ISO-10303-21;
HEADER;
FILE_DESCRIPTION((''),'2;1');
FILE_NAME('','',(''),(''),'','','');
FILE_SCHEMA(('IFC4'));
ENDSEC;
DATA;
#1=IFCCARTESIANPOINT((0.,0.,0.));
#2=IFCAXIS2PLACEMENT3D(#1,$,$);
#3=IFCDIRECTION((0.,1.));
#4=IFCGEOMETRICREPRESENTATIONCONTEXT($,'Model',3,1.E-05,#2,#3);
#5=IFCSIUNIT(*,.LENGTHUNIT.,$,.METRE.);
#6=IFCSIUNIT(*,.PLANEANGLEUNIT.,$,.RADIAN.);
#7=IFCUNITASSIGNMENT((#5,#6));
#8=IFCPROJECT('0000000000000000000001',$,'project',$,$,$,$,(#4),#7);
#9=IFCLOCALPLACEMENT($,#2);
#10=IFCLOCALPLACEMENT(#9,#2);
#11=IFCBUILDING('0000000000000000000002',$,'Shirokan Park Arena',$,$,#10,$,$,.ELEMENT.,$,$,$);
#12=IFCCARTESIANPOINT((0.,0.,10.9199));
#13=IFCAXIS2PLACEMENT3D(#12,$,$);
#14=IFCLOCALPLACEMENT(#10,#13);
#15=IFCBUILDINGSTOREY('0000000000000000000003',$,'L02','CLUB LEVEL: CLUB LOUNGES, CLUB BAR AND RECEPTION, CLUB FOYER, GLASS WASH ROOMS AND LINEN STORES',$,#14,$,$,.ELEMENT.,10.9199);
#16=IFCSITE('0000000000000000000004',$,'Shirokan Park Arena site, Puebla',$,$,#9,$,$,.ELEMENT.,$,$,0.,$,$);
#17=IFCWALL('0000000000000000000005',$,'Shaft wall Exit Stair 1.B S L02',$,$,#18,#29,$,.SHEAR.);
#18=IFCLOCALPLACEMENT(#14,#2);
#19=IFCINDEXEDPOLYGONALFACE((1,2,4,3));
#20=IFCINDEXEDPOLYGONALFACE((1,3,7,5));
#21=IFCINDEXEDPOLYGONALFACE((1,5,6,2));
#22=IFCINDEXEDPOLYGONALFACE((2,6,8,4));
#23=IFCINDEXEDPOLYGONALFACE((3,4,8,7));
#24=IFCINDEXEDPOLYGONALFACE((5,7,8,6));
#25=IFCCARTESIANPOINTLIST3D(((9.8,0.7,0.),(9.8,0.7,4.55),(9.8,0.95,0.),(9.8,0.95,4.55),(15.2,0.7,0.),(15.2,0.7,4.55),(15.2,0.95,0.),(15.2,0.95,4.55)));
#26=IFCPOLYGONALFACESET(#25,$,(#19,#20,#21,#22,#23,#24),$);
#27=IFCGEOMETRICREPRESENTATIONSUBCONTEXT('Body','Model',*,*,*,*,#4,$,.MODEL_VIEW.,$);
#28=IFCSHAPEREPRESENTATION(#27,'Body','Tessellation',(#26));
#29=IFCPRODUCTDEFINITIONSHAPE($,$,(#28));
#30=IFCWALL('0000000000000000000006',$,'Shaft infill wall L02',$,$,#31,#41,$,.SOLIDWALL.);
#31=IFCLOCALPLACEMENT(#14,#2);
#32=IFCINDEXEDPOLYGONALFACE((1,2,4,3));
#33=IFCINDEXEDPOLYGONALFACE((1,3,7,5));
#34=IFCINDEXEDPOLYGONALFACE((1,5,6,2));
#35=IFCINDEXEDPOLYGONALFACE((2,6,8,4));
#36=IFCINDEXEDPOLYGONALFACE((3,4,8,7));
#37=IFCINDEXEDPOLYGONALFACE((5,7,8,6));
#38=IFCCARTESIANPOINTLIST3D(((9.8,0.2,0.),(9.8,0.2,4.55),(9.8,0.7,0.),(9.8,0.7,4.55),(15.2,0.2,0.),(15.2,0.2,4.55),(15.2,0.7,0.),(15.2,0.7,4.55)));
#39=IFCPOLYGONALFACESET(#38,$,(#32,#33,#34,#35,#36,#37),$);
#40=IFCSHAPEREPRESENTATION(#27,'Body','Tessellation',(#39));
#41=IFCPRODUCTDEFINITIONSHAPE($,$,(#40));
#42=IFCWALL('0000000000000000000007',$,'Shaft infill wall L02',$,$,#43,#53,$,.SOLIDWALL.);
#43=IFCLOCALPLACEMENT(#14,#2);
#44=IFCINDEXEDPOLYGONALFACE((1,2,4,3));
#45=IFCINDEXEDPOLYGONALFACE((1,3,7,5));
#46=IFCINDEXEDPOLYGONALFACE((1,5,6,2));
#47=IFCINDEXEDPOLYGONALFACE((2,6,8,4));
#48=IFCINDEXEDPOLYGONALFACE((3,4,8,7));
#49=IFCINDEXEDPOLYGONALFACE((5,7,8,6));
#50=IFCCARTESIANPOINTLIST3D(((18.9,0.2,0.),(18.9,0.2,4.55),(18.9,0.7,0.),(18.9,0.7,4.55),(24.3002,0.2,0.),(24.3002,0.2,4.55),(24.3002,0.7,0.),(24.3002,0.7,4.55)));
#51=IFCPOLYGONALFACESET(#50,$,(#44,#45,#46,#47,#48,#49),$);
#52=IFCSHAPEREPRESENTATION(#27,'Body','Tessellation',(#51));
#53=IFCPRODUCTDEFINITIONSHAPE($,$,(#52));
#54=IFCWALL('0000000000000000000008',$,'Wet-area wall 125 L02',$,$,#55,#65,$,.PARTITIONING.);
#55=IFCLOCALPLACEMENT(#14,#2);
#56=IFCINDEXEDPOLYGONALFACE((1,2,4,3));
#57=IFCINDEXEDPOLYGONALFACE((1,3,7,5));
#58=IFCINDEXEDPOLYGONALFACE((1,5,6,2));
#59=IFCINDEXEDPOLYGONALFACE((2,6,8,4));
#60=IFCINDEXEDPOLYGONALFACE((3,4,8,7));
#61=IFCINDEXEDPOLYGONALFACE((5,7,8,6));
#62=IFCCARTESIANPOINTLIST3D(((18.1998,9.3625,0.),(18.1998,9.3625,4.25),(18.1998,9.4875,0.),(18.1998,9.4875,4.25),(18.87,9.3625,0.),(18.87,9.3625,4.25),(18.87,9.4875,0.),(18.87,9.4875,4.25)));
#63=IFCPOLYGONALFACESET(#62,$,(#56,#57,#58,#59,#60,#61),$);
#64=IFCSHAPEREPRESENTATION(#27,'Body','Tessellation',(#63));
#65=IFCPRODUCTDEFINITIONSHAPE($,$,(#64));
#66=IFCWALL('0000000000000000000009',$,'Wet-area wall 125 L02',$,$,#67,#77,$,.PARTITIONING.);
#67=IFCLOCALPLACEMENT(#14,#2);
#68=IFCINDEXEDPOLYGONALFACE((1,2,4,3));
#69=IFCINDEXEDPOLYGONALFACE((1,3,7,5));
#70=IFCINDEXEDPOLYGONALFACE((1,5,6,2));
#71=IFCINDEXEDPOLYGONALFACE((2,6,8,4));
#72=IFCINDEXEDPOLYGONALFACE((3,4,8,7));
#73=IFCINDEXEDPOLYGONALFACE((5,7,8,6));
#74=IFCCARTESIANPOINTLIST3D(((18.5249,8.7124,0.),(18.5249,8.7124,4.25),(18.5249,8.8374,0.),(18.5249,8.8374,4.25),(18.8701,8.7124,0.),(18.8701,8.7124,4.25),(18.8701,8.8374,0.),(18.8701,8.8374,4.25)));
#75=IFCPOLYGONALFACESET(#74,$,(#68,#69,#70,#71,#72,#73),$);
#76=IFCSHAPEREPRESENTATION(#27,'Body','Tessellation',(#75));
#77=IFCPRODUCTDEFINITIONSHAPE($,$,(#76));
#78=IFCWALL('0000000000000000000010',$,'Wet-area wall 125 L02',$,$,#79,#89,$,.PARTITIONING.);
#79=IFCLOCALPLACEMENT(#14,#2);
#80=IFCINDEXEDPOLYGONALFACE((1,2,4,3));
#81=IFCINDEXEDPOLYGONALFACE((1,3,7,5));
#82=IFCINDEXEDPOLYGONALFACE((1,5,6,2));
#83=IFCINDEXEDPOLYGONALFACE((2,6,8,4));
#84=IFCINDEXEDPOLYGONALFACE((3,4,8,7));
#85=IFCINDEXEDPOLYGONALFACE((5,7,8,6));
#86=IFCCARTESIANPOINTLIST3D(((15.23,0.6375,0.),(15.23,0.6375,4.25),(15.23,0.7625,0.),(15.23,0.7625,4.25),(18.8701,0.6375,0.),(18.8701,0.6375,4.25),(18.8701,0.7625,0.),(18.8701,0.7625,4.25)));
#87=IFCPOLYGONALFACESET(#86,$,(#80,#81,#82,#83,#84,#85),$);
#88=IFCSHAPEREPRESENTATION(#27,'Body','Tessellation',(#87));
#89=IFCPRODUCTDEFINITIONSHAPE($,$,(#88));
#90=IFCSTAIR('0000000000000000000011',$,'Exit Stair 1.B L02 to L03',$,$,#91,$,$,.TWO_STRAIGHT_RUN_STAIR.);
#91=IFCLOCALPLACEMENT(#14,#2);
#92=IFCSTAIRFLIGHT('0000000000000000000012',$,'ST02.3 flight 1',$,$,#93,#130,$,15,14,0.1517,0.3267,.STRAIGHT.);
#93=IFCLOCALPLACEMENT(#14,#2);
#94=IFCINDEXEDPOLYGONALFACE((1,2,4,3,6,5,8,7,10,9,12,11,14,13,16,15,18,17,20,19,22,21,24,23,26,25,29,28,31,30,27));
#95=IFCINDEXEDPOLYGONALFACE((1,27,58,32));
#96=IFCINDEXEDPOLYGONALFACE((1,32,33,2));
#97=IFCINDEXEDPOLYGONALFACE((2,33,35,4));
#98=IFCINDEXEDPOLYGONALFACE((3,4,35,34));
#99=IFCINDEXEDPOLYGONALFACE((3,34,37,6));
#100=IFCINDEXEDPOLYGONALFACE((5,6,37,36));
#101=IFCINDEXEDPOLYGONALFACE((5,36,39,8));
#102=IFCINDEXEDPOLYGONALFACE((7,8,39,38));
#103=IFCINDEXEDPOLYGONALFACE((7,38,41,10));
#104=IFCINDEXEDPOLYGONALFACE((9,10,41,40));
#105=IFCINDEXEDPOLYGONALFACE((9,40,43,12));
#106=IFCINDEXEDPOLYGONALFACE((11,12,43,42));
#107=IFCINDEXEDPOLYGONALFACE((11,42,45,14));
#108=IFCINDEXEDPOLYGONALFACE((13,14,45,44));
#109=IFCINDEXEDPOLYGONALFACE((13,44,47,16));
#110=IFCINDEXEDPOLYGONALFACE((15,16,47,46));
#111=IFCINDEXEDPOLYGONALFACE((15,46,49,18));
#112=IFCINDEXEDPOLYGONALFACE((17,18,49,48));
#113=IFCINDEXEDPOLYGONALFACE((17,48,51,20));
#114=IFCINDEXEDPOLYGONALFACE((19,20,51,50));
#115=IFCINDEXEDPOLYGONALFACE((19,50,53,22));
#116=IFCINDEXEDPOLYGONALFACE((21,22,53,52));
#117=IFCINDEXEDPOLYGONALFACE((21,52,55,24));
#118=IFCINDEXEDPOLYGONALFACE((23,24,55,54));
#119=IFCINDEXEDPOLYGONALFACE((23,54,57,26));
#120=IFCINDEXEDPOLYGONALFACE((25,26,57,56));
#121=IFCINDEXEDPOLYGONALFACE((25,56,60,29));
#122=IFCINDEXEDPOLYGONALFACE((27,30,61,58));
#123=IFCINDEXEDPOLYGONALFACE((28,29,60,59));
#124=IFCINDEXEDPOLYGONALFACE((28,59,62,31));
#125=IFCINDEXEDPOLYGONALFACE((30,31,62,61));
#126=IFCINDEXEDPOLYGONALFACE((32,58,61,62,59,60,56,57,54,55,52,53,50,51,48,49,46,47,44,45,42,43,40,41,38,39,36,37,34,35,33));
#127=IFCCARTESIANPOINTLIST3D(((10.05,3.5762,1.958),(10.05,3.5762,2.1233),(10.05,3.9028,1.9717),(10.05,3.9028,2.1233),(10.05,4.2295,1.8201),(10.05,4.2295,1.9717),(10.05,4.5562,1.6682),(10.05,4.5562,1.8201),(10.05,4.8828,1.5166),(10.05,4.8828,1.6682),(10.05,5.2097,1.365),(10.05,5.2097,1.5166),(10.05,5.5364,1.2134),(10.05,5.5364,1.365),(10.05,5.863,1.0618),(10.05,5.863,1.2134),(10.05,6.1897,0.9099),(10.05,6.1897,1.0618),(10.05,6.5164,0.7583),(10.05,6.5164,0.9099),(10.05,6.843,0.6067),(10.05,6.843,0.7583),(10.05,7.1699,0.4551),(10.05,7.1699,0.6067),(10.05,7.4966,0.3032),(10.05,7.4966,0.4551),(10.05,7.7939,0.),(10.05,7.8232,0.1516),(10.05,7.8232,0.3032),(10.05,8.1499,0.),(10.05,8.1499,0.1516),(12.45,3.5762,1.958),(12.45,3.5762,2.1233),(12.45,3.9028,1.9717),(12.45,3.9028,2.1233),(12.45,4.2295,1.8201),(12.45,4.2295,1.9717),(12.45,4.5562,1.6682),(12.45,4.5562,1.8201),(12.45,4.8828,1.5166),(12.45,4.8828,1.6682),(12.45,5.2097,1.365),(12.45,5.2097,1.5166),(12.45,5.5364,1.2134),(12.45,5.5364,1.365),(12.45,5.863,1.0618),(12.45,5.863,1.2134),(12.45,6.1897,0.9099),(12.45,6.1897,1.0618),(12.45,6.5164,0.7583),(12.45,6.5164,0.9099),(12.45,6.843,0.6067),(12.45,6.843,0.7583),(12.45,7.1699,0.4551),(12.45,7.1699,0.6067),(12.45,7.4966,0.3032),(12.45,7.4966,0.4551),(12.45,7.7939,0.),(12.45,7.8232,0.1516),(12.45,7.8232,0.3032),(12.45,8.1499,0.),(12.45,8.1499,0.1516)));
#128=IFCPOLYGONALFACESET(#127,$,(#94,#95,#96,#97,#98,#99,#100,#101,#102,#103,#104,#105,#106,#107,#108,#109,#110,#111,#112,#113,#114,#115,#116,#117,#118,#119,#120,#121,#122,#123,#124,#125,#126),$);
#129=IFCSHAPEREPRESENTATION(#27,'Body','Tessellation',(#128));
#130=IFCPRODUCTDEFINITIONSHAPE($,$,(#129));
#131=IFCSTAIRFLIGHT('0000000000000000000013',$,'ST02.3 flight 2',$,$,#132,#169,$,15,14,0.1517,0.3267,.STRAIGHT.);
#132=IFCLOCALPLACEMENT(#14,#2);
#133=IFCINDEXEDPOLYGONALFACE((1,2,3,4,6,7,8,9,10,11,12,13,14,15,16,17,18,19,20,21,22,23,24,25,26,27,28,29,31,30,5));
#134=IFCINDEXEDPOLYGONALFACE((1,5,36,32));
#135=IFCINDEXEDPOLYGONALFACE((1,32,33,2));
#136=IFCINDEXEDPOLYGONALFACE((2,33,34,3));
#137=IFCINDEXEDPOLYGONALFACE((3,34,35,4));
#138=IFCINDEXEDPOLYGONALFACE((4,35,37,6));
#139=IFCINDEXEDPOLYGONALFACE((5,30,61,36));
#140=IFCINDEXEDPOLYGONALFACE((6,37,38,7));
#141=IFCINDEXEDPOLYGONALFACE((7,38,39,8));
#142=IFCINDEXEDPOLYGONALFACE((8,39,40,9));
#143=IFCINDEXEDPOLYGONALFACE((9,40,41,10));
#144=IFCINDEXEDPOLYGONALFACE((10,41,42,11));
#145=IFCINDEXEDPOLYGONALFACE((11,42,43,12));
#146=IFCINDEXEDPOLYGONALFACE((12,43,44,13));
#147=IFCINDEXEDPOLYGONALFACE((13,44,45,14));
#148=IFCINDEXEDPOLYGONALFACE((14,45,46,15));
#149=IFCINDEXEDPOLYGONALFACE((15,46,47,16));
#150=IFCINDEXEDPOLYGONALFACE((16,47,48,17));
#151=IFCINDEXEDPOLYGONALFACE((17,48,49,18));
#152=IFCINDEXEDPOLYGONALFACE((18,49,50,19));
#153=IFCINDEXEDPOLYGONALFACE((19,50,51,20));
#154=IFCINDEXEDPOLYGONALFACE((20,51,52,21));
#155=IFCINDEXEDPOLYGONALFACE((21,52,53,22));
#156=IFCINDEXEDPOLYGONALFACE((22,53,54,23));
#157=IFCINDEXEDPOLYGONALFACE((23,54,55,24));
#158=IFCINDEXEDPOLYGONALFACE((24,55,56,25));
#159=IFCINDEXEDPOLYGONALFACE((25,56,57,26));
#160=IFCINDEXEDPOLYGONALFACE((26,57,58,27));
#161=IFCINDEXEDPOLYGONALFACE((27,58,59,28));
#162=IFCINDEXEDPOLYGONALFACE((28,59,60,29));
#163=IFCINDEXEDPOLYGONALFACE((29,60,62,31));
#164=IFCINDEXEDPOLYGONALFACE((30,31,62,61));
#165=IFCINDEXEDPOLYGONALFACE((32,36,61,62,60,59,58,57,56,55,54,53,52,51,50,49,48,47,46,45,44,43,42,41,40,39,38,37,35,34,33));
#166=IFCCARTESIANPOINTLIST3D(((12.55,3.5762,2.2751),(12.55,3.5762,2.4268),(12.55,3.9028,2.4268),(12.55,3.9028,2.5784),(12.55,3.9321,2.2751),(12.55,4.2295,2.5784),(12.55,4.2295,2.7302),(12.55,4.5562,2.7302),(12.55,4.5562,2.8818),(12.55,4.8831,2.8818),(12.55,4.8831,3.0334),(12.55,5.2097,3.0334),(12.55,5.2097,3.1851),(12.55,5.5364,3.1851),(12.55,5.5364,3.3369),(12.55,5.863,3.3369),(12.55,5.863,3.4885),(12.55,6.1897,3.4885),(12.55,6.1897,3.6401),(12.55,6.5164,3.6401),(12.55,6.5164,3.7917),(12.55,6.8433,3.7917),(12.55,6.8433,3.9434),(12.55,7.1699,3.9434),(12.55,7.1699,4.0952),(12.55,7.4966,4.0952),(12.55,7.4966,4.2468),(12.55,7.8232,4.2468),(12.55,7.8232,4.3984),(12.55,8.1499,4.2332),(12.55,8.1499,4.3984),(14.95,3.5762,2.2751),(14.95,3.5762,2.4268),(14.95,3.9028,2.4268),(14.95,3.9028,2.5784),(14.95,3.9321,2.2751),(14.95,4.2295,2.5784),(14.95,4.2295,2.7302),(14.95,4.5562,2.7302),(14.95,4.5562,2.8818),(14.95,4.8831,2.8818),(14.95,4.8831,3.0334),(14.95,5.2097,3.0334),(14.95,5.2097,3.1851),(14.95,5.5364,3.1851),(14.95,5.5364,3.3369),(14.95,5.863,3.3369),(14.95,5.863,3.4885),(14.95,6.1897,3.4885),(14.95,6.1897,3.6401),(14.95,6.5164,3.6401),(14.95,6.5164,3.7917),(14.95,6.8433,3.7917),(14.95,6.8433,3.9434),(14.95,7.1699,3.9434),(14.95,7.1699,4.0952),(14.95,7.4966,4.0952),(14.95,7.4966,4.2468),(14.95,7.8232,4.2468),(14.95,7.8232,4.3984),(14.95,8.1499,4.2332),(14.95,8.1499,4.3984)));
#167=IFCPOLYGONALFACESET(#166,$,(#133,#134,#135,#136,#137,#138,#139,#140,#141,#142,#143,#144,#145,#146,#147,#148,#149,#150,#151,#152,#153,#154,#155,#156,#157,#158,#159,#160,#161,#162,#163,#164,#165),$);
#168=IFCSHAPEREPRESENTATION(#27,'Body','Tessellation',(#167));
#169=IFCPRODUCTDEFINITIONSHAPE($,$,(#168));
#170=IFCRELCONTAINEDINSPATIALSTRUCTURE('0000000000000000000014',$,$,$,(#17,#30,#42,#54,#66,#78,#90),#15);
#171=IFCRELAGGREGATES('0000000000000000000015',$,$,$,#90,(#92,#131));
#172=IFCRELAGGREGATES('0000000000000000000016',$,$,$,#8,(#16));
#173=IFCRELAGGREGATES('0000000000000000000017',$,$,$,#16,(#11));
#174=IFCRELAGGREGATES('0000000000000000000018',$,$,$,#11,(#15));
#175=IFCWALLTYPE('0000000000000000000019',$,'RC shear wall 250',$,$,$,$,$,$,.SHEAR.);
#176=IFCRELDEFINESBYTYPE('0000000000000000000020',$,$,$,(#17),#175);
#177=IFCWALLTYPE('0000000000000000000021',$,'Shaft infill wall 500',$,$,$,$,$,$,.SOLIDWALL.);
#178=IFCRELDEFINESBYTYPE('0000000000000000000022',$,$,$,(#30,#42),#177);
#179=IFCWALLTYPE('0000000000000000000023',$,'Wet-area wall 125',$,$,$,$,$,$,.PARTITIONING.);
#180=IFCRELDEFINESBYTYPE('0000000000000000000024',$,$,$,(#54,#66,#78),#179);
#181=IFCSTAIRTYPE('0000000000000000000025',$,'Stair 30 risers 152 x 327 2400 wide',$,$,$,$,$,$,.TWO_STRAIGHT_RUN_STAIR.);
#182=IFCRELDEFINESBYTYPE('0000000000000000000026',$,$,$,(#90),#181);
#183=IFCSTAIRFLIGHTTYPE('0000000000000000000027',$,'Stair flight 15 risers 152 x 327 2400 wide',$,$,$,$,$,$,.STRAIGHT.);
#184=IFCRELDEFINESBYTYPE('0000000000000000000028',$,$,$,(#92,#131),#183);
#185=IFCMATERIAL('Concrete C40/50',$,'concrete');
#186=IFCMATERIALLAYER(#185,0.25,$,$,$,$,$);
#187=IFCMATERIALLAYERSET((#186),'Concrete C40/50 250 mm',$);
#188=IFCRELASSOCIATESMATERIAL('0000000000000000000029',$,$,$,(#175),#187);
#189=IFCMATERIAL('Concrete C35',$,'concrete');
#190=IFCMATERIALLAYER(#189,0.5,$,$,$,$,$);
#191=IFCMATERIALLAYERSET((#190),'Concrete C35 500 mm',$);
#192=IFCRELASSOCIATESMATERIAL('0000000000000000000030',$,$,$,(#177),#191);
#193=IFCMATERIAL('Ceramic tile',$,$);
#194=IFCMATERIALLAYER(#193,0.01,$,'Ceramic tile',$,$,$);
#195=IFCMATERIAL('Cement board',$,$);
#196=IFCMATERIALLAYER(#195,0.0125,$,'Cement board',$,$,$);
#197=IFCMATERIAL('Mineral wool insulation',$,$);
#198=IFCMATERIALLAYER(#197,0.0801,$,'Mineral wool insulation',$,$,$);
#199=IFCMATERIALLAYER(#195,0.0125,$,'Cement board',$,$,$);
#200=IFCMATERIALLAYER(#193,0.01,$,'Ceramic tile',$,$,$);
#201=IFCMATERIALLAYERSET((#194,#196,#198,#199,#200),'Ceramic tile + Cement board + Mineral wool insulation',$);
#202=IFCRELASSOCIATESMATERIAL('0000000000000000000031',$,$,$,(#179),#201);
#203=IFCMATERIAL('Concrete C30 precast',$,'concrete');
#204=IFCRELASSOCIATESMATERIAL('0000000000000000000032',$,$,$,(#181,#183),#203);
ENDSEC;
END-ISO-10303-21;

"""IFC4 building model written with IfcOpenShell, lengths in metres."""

from ifc_helpers import new_model, si_unit, direction, frame, frame_2d, origin, place, context, subcontext, project, spatial, polyline, rectangle, outline, extrude, material, layer, layer_set, type_object, element, aggregate, save


model = new_model("IFC4")

# Units and contexts
model_context = context("Model", 3, precision=1e-05, world=origin(), true_north=direction((0.0, 1.0)))
body_context = subcontext(model_context, "Body", "Model", "MODEL_VIEW")
ifc_project = project(units=[si_unit("LENGTHUNIT", "METRE"), si_unit("PLANEANGLEUNIT", "RADIAN")], contexts=[model_context])

# Site, building, storey
site_placement = place(None, origin())
site = spatial("IfcSite", under=ifc_project, at=site_placement, Name="Shirokan Park Arena site, Puebla", CompositionType="ELEMENT", RefElevation=0.0)
building_placement = place(site_placement, origin())
building = spatial("IfcBuilding", under=site, at=building_placement, Name="Shirokan Park Arena", CompositionType="ELEMENT")
storey_placement = place(building_placement, frame((0.0, 0.0, 10.9199)))
storey = spatial("IfcBuildingStorey", under=building, at=storey_placement, Name="L02", Description="CLUB LEVEL: CLUB LOUNGES, CLUB BAR AND RECEPTION, CLUB FOYER, GLASS WASH ROOMS AND LINEN STORES", CompositionType="ELEMENT", Elevation=10.9199)

# Shared definitions
ifc_material_1 = material(Name="Concrete C35", Category="concrete")

# Walls
ifc_material_2 = material(Name="Mineral wool insulation")
ifc_material_3 = material(Name="Concrete C40/50", Category="concrete")
ifc_layer_1 = layer(ifc_material_3, 0.25)
ifc_layer_set_1 = layer_set([ifc_layer_1], Name="Concrete C40/50 250 mm")
wall_type_1 = type_object("IfcWallType", Name="RC shear wall 250", PredefinedType="SHEAR", material=ifc_layer_set_1)
wall_1_placement = place(storey_placement, frame((15.2, 0.825, 0.0), z_axis=(0.0, 0.0, 1.0), x_axis=(-1.0, 0.0, 0.0)))
element("IfcWall", 1, at=wall_1_placement, inside=storey, type_object=wall_type_1, Name="Shaft wall Exit Stair 1.B S L02", PredefinedType="SHEAR", context=body_context, shape_type="SweptSolid", body=[
    extrude(rectangle(XDim=5.3999, YDim=0.25, at=frame_2d((2.7, 0.0))), origin(), (0.0, 0.0, 1.0), 4.55),
])
ifc_layer_2 = layer(ifc_material_1, 0.5)
ifc_layer_set_2 = layer_set([ifc_layer_2], Name="Concrete C35 500 mm")
wall_type_2 = type_object("IfcWallType", Name="Shaft infill wall 500", PredefinedType="SOLIDWALL", material=ifc_layer_set_2)
wall_2_placement = place(storey_placement, frame((9.8, 0.45, 0.0), z_axis=(0.0, 0.0, 1.0), x_axis=(1.0, 0.0, 0.0)))
element("IfcWall", 2, at=wall_2_placement, inside=storey, type_object=wall_type_2, Name="Shaft infill wall L02", PredefinedType="SOLIDWALL", context=body_context, shape_type="SweptSolid", body=[
    extrude(rectangle(XDim=5.3999, YDim=0.5, at=frame_2d((2.7, 0.0))), origin(), (0.0, 0.0, 1.0), 4.55),
])
wall_3_placement = place(storey_placement, frame((18.8999, 0.45, 0.0), z_axis=(0.0, 0.0, 1.0), x_axis=(1.0, 0.0, 0.0)))
element("IfcWall", 3, at=wall_3_placement, inside=storey, type_object=wall_type_2, Name="Shaft infill wall L02", PredefinedType="SOLIDWALL", context=body_context, shape_type="SweptSolid", body=[
    extrude(rectangle(XDim=5.4001, YDim=0.5, at=frame_2d((2.7002, 0.0))), origin(), (0.0, 0.0, 1.0), 4.55),
])
ifc_material_4 = material(Name="Ceramic tile")
ifc_layer_3 = layer(ifc_material_4, 0.01, Name="Ceramic tile")
ifc_material_5 = material(Name="Cement board")
ifc_layer_4 = layer(ifc_material_5, 0.0125, Name="Cement board")
ifc_layer_5 = layer(ifc_material_2, 0.0801, Name="Mineral wool insulation")
ifc_layer_6 = layer(ifc_material_5, 0.0125, Name="Cement board")
ifc_layer_7 = layer(ifc_material_4, 0.01, Name="Ceramic tile")
ifc_layer_set_3 = layer_set([ifc_layer_3, ifc_layer_4, ifc_layer_5, ifc_layer_6, ifc_layer_7], Name="Ceramic tile + Cement board + Mineral wool insulation")
wall_type_3 = type_object("IfcWallType", Name="Wet-area wall 125", PredefinedType="PARTITIONING", material=ifc_layer_set_3)
wall_4_placement = place(storey_placement, frame((18.2, 9.425, 0.0), z_axis=(0.0, 0.0, 1.0), x_axis=(1.0, 0.0, 0.0)))
element("IfcWall", 4, at=wall_4_placement, inside=storey, type_object=wall_type_3, Name="Wet-area wall 125 L02", PredefinedType="PARTITIONING", context=body_context, shape_type="SweptSolid", body=[
    extrude(rectangle(XDim=0.6702, YDim=0.125, at=frame_2d((0.335, 0.0))), origin(), (0.0, 0.0, 1.0), 4.25),
])
wall_5_placement = place(storey_placement, frame((18.5249, 8.7749, 0.0), z_axis=(0.0, 0.0, 1.0), x_axis=(1.0, 0.0, 0.0)))
element("IfcWall", 5, at=wall_5_placement, inside=storey, type_object=wall_type_3, Name="Wet-area wall 125 L02", PredefinedType="PARTITIONING", context=body_context, shape_type="SweptSolid", body=[
    extrude(rectangle(XDim=0.3452, YDim=0.125, at=frame_2d((0.1726, 0.0))), origin(), (0.0, 0.0, 1.0), 4.25),
])
wall_6_placement = place(storey_placement, frame((18.8701, 0.7, 0.0), z_axis=(0.0, 0.0, 1.0), x_axis=(-1.0, 0.0, 0.0)))
element("IfcWall", 6, at=wall_6_placement, inside=storey, type_object=wall_type_3, Name="Wet-area wall 125 L02", PredefinedType="PARTITIONING", context=body_context, shape_type="SweptSolid", body=[
    extrude(rectangle(XDim=3.6401, YDim=0.125, at=frame_2d((1.8201, 0.0))), origin(), (0.0, 0.0, 1.0), 4.25),
])

# Stair, stair flights
ifc_material_6 = material(Name="Concrete C30 precast", Category="concrete")
stair_type = type_object("IfcStairType", Name="Stair 30 risers 152 x 327 2400 wide", PredefinedType="TWO_STRAIGHT_RUN_STAIR", material=ifc_material_6)
stair_1_placement = place(storey_placement, origin())
stair_1 = element("IfcStair", 7, at=stair_1_placement, inside=storey, type_object=stair_type, Name="Exit Stair 1.B L02 to L03", PredefinedType="TWO_STRAIGHT_RUN_STAIR")
stair_flight_type = type_object("IfcStairFlightType", Name="Stair flight 15 risers 152 x 327 2400 wide", PredefinedType="STRAIGHT", material=ifc_material_6)
stair_flight_1_placement = place(storey_placement, frame((11.25, 8.1499, 0.0), z_axis=(0.0, 0.0, 1.0), x_axis=(0.0, -1.0, 0.0)))
stair_flight_1 = element("IfcStairFlight", 8, at=stair_flight_1_placement, type_object=stair_flight_type, Name="ST02.3 flight 1", NumberOfRisers=15, NumberOfTreads=14, PredefinedType="STRAIGHT", RiserHeight=0.1517, TreadLength=0.3267, context=body_context, shape_type="SweptSolid", body=[
    extrude(outline(polyline([(0.0, 0.0), (0.0, 0.1516), (0.3267, 0.1516), (0.3267, 0.3032), (0.6533, 0.3032), (0.6533, 0.4551), (0.98, 0.4551), (0.98, 0.6067), (1.3069, 0.6067), (1.3069, 0.7583), (1.6335, 0.7583), (1.6335, 0.9099), (1.9602, 0.9099), (1.9602, 1.0618), (2.2869, 1.0618), (2.2869, 1.2134), (2.6135, 1.2134), (2.6135, 1.365), (2.9402, 1.365), (2.9402, 1.5166), (3.2671, 1.5166), (3.2671, 1.6682), (3.5938, 1.6682), (3.5938, 1.8201), (3.9204, 1.8201), (3.9204, 1.9717), (4.2471, 1.9717), (4.2471, 2.1233), (4.5737, 2.1233), (4.5737, 2.2749), (4.5737, 1.958), (0.356, 0.0), (0.0, 0.0)])), frame((0.0, 1.2, 0.0), z_axis=(0.0, -1.0, 0.0), x_axis=(1.0, 0.0, 0.0)), (0.0, 0.0, 1.0), 2.3999),
])
stair_flight_2_placement = place(storey_placement, frame((13.75, 3.5762, 2.2751), z_axis=(0.0, 0.0, 1.0), x_axis=(0.0, 1.0, 0.0)))
stair_flight_2 = element("IfcStairFlight", 9, at=stair_flight_2_placement, type_object=stair_flight_type, Name="ST02.3 flight 2", NumberOfRisers=15, NumberOfTreads=14, PredefinedType="STRAIGHT", RiserHeight=0.1517, TreadLength=0.3267, context=body_context, shape_type="SweptSolid", body=[
    extrude(outline(polyline([(0.0, 0.0), (0.0, 0.1516), (0.3267, 0.1516), (0.3267, 0.3032), (0.6533, 0.3032), (0.6533, 0.4551), (0.98, 0.4551), (0.98, 0.6067), (1.3069, 0.6067), (1.3069, 0.7583), (1.6335, 0.7583), (1.6335, 0.9099), (1.9602, 0.9099), (1.9602, 1.0618), (2.2869, 1.0618), (2.2869, 1.2134), (2.6135, 1.2134), (2.6135, 1.365), (2.9402, 1.365), (2.9402, 1.5166), (3.2671, 1.5166), (3.2671, 1.6682), (3.5938, 1.6682), (3.5938, 1.8201), (3.9204, 1.8201), (3.9204, 1.9717), (4.2471, 1.9717), (4.2471, 2.1233), (4.5737, 2.1233), (4.5737, 2.2749), (4.5737, 1.958), (0.356, 0.0), (0.0, 0.0)])), frame((0.0, 1.2, 0.0), z_axis=(0.0, -1.0, 0.0), x_axis=(1.0, 0.0, 0.0)), (0.0, 0.0, 1.0), 2.3999),
])
aggregate(stair_1, [stair_flight_1, stair_flight_2])

save(model, "model.ifc")
